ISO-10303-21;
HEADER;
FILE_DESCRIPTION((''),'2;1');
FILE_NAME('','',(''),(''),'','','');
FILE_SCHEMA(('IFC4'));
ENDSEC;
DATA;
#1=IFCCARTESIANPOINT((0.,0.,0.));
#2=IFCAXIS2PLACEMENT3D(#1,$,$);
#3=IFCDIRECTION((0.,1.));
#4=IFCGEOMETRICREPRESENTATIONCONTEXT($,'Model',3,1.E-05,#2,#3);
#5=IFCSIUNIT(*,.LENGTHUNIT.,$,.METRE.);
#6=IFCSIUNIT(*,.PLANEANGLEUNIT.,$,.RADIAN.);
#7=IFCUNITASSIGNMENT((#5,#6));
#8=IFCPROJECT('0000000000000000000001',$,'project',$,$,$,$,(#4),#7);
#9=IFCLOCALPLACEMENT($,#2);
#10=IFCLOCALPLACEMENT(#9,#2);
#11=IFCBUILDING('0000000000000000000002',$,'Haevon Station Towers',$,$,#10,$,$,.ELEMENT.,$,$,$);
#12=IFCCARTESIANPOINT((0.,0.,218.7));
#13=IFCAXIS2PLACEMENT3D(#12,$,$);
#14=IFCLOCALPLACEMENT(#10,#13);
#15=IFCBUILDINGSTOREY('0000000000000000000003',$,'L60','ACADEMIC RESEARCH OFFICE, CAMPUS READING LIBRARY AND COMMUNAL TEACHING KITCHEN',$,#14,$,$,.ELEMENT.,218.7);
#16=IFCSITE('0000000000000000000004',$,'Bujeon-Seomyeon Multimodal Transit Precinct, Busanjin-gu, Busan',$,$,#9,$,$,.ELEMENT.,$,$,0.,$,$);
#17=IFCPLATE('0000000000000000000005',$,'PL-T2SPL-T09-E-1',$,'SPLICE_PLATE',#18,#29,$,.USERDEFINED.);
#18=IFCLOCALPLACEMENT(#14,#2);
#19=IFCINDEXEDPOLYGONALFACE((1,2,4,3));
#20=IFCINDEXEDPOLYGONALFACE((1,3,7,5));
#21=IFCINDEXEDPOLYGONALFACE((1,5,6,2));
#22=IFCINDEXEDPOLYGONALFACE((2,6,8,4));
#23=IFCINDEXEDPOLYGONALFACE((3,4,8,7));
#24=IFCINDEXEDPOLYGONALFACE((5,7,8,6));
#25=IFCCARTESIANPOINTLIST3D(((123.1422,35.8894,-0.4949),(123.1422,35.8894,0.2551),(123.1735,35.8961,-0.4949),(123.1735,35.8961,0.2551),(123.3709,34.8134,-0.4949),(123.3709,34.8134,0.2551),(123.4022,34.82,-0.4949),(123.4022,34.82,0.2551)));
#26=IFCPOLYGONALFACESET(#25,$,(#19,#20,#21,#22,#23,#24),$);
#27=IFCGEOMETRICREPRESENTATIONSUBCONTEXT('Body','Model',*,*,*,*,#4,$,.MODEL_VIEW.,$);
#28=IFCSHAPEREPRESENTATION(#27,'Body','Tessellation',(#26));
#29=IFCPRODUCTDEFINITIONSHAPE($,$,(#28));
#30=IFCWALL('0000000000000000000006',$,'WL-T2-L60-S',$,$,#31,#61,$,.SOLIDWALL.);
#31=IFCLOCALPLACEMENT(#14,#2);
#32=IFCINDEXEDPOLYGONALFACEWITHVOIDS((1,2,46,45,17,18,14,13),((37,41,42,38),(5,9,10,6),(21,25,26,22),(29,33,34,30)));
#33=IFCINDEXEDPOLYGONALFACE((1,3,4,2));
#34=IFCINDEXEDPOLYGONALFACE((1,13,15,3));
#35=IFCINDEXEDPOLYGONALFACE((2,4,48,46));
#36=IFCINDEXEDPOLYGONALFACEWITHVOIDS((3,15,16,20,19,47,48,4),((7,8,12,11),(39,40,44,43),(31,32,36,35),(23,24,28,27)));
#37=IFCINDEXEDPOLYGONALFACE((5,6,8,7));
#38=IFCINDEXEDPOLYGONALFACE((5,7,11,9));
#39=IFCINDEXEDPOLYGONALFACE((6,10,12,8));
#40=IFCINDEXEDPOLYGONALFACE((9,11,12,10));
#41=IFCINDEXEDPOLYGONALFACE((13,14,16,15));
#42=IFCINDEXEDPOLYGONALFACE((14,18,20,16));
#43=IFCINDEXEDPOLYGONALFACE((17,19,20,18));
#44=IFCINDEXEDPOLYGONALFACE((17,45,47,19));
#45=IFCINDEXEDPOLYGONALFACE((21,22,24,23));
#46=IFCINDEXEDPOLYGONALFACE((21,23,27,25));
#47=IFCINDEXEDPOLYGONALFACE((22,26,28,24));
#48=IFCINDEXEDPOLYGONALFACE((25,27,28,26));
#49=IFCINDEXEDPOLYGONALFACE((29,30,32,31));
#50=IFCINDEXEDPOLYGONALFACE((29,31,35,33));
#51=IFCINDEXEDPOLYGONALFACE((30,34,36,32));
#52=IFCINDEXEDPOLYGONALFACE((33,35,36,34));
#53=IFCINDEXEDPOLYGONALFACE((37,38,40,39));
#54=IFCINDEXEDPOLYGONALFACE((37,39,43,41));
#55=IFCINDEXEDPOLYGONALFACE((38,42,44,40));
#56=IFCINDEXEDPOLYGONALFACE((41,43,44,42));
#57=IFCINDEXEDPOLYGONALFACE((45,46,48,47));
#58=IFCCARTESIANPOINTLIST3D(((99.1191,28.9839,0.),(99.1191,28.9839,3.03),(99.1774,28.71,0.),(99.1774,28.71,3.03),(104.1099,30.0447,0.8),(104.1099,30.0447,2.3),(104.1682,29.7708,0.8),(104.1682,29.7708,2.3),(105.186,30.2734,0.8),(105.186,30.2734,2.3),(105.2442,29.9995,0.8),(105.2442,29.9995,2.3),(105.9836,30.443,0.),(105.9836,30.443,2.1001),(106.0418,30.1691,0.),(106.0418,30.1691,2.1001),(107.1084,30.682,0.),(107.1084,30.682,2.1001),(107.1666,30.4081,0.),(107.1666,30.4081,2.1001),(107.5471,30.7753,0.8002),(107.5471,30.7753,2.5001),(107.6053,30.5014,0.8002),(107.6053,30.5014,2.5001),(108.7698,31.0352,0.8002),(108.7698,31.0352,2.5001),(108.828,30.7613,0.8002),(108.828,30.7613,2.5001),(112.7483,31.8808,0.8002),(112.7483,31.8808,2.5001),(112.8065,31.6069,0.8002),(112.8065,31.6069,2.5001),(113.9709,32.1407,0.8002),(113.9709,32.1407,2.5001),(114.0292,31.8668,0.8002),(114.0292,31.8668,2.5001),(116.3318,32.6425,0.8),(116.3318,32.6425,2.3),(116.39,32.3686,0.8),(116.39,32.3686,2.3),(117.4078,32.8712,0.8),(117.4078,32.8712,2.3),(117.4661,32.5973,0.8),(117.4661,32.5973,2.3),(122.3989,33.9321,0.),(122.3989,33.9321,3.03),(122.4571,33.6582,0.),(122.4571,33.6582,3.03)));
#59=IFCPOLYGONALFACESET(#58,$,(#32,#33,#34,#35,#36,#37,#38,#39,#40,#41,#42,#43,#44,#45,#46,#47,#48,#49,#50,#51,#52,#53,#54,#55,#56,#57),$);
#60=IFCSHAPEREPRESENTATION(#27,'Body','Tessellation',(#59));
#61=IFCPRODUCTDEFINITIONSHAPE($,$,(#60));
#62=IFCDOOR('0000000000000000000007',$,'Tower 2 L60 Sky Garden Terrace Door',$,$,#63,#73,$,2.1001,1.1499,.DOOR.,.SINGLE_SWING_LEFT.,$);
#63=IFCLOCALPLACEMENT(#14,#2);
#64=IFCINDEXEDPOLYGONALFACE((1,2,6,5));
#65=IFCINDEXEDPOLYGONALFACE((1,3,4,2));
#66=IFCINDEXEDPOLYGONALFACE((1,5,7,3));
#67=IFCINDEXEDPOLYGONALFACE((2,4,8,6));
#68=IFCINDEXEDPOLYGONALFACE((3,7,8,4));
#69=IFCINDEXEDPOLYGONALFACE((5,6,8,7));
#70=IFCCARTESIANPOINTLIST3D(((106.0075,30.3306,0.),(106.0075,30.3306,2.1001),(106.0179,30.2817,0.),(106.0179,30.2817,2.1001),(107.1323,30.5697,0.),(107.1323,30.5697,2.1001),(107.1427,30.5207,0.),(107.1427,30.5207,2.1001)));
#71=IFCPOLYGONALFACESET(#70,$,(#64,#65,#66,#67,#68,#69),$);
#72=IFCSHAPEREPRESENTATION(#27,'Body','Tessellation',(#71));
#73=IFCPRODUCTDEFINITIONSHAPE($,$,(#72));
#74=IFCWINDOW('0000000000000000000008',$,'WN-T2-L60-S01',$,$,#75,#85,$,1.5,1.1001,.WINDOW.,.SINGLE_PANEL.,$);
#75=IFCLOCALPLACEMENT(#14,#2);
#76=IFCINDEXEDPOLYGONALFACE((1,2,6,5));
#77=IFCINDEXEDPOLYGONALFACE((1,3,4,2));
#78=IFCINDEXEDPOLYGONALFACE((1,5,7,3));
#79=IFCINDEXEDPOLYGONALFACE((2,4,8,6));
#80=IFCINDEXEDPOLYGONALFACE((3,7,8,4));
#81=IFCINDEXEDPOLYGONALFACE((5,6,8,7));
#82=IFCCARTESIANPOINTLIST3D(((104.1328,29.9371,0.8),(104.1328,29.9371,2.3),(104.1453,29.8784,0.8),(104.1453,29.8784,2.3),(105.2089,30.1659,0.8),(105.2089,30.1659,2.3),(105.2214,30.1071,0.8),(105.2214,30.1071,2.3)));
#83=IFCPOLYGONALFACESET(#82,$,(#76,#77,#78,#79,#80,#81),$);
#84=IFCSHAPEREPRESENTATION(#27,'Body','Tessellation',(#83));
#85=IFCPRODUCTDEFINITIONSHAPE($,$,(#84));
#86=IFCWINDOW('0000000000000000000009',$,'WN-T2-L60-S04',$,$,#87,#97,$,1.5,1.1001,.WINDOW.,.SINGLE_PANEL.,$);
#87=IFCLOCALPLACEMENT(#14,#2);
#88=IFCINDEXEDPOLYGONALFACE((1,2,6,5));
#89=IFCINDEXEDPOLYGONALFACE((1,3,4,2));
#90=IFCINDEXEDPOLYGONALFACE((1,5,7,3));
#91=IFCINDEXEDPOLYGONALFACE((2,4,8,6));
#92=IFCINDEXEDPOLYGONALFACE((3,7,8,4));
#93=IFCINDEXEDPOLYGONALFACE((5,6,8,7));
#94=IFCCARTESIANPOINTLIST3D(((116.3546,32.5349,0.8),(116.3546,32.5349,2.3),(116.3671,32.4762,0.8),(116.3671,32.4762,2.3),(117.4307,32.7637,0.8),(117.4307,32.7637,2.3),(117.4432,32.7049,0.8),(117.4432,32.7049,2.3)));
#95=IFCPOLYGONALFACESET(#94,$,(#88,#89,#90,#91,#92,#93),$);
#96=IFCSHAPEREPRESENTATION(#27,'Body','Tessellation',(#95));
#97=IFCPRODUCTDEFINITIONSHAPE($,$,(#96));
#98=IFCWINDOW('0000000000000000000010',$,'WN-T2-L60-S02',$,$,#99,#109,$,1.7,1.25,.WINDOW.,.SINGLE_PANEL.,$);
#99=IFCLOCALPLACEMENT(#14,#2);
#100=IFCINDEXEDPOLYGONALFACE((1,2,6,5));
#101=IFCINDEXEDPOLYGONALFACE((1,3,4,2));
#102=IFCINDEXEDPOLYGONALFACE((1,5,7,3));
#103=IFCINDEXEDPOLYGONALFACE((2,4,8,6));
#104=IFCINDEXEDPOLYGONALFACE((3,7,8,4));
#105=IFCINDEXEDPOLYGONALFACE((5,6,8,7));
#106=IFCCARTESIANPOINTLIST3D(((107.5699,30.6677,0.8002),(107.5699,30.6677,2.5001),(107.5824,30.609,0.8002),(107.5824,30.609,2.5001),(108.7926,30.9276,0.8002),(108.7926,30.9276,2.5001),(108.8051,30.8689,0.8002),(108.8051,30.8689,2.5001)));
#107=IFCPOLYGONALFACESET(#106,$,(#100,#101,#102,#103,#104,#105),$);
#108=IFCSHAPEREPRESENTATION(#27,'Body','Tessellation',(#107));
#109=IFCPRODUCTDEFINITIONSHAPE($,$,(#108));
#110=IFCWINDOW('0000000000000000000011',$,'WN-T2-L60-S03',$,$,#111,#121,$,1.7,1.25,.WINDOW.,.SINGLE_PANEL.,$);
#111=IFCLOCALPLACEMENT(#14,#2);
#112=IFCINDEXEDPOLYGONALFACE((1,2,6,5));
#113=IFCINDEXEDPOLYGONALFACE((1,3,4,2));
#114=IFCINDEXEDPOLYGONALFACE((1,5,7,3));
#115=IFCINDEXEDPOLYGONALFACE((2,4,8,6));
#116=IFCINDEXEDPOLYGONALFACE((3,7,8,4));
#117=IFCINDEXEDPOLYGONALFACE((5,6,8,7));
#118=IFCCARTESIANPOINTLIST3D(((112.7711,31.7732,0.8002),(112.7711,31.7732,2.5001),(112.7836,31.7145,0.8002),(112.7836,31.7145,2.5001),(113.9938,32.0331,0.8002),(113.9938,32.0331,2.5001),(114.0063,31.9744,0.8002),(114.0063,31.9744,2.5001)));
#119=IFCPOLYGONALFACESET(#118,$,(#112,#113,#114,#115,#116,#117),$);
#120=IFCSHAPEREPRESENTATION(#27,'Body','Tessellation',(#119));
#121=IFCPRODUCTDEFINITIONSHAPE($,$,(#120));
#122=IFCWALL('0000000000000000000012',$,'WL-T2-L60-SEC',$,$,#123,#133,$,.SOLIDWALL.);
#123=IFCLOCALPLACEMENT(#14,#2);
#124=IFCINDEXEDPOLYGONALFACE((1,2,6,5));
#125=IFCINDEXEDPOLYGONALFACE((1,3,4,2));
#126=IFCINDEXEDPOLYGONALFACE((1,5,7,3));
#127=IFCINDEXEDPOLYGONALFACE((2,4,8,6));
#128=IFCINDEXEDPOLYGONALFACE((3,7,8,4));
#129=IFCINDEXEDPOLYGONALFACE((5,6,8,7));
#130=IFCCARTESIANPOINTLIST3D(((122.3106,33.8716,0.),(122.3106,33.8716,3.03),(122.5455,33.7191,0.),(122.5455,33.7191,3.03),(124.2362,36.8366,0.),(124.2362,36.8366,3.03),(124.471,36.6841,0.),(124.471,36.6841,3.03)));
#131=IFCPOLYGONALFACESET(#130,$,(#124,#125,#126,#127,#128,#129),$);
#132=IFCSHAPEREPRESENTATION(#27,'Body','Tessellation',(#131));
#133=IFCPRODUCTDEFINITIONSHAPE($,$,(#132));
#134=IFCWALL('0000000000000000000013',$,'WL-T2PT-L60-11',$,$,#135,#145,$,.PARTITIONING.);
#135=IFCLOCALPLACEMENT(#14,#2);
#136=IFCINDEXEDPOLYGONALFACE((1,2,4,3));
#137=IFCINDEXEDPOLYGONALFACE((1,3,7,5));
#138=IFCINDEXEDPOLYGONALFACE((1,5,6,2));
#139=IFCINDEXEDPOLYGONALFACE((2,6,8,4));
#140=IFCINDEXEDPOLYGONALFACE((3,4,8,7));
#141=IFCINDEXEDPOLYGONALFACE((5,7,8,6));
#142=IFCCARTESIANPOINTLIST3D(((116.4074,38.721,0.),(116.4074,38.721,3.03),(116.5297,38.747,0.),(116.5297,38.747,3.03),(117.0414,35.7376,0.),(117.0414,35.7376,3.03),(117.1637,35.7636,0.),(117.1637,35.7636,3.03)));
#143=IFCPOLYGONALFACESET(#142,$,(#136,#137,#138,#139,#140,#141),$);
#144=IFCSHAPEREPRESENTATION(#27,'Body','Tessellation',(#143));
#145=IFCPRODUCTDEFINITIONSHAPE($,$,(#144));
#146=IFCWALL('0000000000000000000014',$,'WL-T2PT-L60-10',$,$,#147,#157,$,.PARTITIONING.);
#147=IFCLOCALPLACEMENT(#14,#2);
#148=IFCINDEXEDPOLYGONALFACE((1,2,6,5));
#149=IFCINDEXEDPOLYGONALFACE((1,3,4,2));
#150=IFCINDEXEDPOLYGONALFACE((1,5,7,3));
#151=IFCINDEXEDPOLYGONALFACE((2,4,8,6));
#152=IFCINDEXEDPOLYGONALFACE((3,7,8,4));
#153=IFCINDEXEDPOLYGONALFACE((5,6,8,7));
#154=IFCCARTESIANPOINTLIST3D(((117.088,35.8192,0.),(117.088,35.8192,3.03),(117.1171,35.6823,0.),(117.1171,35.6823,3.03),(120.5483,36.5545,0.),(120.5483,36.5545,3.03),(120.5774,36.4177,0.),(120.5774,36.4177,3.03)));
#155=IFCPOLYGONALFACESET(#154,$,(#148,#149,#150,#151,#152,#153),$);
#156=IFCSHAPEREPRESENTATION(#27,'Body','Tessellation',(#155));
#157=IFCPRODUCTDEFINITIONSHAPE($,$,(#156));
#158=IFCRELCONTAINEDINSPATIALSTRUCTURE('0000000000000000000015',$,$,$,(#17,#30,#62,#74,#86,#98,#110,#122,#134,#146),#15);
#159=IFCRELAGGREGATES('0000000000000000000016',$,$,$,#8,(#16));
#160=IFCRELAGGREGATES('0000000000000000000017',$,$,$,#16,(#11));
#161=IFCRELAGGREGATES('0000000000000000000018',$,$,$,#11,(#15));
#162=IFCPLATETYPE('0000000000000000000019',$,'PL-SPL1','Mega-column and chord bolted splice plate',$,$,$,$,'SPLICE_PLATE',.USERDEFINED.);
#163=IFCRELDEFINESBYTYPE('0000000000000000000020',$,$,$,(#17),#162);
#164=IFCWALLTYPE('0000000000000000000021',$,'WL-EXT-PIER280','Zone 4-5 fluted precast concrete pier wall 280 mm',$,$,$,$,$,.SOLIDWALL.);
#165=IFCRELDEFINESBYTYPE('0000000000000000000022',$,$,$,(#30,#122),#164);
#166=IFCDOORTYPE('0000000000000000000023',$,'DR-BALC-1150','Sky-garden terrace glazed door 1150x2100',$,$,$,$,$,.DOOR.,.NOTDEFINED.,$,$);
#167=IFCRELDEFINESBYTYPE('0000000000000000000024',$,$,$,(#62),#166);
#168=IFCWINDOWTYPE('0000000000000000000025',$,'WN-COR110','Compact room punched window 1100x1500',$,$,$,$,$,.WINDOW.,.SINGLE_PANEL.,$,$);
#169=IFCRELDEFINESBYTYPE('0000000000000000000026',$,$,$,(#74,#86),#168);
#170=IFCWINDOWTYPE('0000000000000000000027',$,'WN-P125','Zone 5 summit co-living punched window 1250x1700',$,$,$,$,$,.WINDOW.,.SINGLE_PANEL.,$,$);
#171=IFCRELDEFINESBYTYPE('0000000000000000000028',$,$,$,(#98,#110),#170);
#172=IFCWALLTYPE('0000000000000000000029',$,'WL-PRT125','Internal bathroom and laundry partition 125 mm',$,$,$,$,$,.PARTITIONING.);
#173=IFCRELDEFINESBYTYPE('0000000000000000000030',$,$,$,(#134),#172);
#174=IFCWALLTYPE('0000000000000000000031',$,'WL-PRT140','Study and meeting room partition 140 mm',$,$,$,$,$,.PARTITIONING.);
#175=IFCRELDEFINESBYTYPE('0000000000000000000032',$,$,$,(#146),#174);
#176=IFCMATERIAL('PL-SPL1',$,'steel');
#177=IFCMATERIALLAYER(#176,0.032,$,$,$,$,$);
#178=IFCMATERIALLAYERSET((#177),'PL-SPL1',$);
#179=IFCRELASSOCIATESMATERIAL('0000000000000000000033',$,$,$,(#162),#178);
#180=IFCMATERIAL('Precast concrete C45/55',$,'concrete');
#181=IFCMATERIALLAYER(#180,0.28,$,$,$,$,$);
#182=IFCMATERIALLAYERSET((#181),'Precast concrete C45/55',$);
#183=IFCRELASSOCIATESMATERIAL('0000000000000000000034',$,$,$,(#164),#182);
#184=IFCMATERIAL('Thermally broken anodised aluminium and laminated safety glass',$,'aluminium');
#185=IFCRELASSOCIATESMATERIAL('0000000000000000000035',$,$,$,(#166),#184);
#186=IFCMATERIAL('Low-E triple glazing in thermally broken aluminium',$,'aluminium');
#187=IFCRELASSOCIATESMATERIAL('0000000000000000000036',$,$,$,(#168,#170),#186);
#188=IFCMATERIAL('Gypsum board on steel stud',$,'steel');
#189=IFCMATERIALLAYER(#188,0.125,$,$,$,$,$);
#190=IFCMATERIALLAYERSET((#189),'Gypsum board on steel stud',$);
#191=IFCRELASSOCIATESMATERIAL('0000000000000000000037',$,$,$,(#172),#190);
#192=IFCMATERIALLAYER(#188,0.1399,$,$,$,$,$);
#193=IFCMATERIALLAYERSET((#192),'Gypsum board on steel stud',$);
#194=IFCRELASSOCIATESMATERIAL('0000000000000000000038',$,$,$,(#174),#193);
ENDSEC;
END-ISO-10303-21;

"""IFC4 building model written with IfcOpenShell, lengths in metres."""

from ifc_helpers import new_model, si_unit, direction, frame, frame_2d, origin, origin_2d, place, context, subcontext, project, spatial, rectangle, extrude, material, layer, layer_set, type_object, element, fill, save


model = new_model("IFC4")

# Units and contexts
model_context = context("Model", 3, precision=1e-05, world=origin(), true_north=direction((0.0, 1.0)))
body_context = subcontext(model_context, "Body", "Model", "MODEL_VIEW")
ifc_project = project(units=[si_unit("LENGTHUNIT", "METRE"), si_unit("PLANEANGLEUNIT", "RADIAN")], contexts=[model_context])

# Site, building, storey
site_placement = place(None, origin())
site = spatial("IfcSite", under=ifc_project, at=site_placement, Name="Bujeon-Seomyeon Multimodal Transit Precinct, Busanjin-gu, Busan", CompositionType="ELEMENT", RefElevation=0.0)
building_placement = place(site_placement, origin())
building = spatial("IfcBuilding", under=site, at=building_placement, Name="Haevon Station Towers", CompositionType="ELEMENT")
storey_placement = place(building_placement, frame((0.0, 0.0, 218.7)))
storey = spatial("IfcBuildingStorey", under=building, at=storey_placement, Name="L60", Description="ACADEMIC RESEARCH OFFICE, CAMPUS READING LIBRARY AND COMMUNAL TEACHING KITCHEN", CompositionType="ELEMENT", Elevation=218.7)

# Plate
ifc_material_1 = material(Name="PL-SPL1", Category="steel")
ifc_layer_1 = layer(ifc_material_1, 0.032)
ifc_layer_set_1 = layer_set([ifc_layer_1], Name="PL-SPL1")
plate_type = type_object("IfcPlateType", Name="PL-SPL1", Description="Mega-column and chord bolted splice plate", ElementType="SPLICE_PLATE", PredefinedType="USERDEFINED", material=ifc_layer_set_1)
for number, where, z_axis, x_axis, name in (
    (1, (123.2722, 35.3547, -0.4949), (0.0, 0.0, 1.0), (-0.207912, 0.978148, 0.0), "PL-T2SPL-T09-E-1"),
):
    element("IfcPlate", number, at=place(storey_placement, frame(where, z_axis=z_axis, x_axis=x_axis)), inside=storey, type_object=plate_type, Name=name, ObjectType="SPLICE_PLATE", PredefinedType="USERDEFINED", context=body_context, shape_type="SweptSolid", body=[
        extrude(rectangle(XDim=1.1001, YDim=0.032, at=origin_2d()), origin(), (0.0, 0.0, 1.0), 0.75),
    ])

# Wall, openings, door, windows
ifc_material_2 = material(Name="Precast concrete C45/55", Category="concrete")
ifc_layer_2 = layer(ifc_material_2, 0.28)
ifc_layer_set_2 = layer_set([ifc_layer_2], Name="Precast concrete C45/55")
wall_type_1 = type_object("IfcWallType", Name="WL-EXT-PIER280", Description="Zone 4-5 fluted precast concrete pier wall 280 mm", PredefinedType="SOLIDWALL", material=ifc_layer_set_2)
wall_1_placement = place(storey_placement, frame((122.428, 33.7952, 0.0), z_axis=(0.0, 0.0, 1.0), x_axis=(-0.978148, -0.207911, 0.0)))
wall_1 = element("IfcWall", 2, at=wall_1_placement, inside=storey, type_object=wall_type_1, Name="WL-T2-L60-S", PredefinedType="SOLIDWALL", context=body_context, shape_type="SweptSolid", body=[
    extrude(rectangle(XDim=23.7998, YDim=0.28, at=frame_2d((11.8999, 0.0))), origin(), (0.0, 0.0, 1.0), 3.03),
])
opening_1_placement = place(wall_1_placement, frame((15.6321, 0.0, 0.0)))
opening_1 = element("IfcOpeningElement", 3, at=opening_1_placement, cuts=wall_1, PredefinedType="OPENING", context=body_context, shape_type="SweptSolid", body=[
    extrude(rectangle(XDim=1.1499, YDim=2.1001, at=frame_2d((0.575, 1.05))), frame((0.0, 0.1499, 0.0), z_axis=(0.0, -1.0, 0.0), x_axis=(1.0, 0.0, 0.0)), (0.0, 0.0, 1.0), 0.3),
])
opening_2_placement = place(wall_1_placement, frame((17.5974, 0.0, 0.8)))
opening_2 = element("IfcOpeningElement", 4, at=opening_2_placement, cuts=wall_1, PredefinedType="OPENING", context=body_context, shape_type="SweptSolid", body=[
    extrude(rectangle(XDim=1.1001, YDim=1.5, at=frame_2d((0.55, 0.75))), frame((0.0, 0.1499, 0.0), z_axis=(0.0, -1.0, 0.0), x_axis=(1.0, 0.0, 0.0)), (0.0, 0.0, 1.0), 0.3),
])
opening_3_placement = place(wall_1_placement, frame((13.9336, 0.0, 0.8)))
opening_3 = element("IfcOpeningElement", 5, at=opening_3_placement, cuts=wall_1, PredefinedType="OPENING", context=body_context, shape_type="SweptSolid", body=[
    extrude(rectangle(XDim=1.25, YDim=1.7, at=frame_2d((0.625, 0.8501))), frame((0.0, 0.1499, 0.0), z_axis=(0.0, -1.0, 0.0), x_axis=(1.0, 0.0, 0.0)), (0.0, 0.0, 1.0), 0.3),
])
opening_4_placement = place(wall_1_placement, frame((8.6162, 0.0, 0.8)))
opening_4 = element("IfcOpeningElement", 6, at=opening_4_placement, cuts=wall_1, PredefinedType="OPENING", context=body_context, shape_type="SweptSolid", body=[
    extrude(rectangle(XDim=1.25, YDim=1.7, at=frame_2d((0.625, 0.8501))), frame((0.0, 0.1499, 0.0), z_axis=(0.0, -1.0, 0.0), x_axis=(1.0, 0.0, 0.0)), (0.0, 0.0, 1.0), 0.3),
])
opening_5_placement = place(wall_1_placement, frame((5.1025, 0.0, 0.8)))
opening_5 = element("IfcOpeningElement", 7, at=opening_5_placement, cuts=wall_1, PredefinedType="OPENING", context=body_context, shape_type="SweptSolid", body=[
    extrude(rectangle(XDim=1.1001, YDim=1.5, at=frame_2d((0.55, 0.75))), frame((0.0, 0.1499, 0.0), z_axis=(0.0, -1.0, 0.0), x_axis=(1.0, 0.0, 0.0)), (0.0, 0.0, 1.0), 0.3),
])
ifc_material_3 = material(Name="Thermally broken anodised aluminium and laminated safety glass", Category="aluminium")
door_type_1 = type_object("IfcDoorType", Name="DR-BALC-1150", Description="Sky-garden terrace glazed door 1150x2100", OperationType="NOTDEFINED", PredefinedType="DOOR", material=ifc_material_3)
door_1_placement = place(opening_1_placement, origin())
door_1 = element("IfcDoor", 8, at=door_1_placement, inside=storey, type_object=door_type_1, Name="Tower 2 L60 Sky Garden Terrace Door", OperationType="SINGLE_SWING_LEFT", OverallHeight=2.1001, OverallWidth=1.1499, PredefinedType="DOOR", context=body_context, shape_type="SweptSolid", body=[
    extrude(rectangle(XDim=1.1499, YDim=2.1001, at=frame_2d((0.575, 1.05))), frame((0.0, 0.0249, 0.0), z_axis=(0.0, -1.0, 0.0), x_axis=(1.0, 0.0, 0.0)), (0.0, 0.0, 1.0), 0.05),
])
fill(opening_1, door_1)
ifc_material_4 = material(Name="Low-E triple glazing in thermally broken aluminium", Category="aluminium")
window_type_1 = type_object("IfcWindowType", Name="WN-COR110", Description="Compact room punched window 1100x1500", PartitioningType="SINGLE_PANEL", PredefinedType="WINDOW", material=ifc_material_4)
window_1_placement = place(opening_2_placement, origin())
window_1 = element("IfcWindow", 9, at=window_1_placement, inside=storey, type_object=window_type_1, Name="WN-T2-L60-S01", OverallHeight=1.5, OverallWidth=1.1001, PartitioningType="SINGLE_PANEL", PredefinedType="WINDOW", context=body_context, shape_type="SweptSolid", body=[
    extrude(rectangle(XDim=1.1001, YDim=1.5, at=frame_2d((0.55, 0.75))), frame((0.0, 0.03, 0.0), z_axis=(0.0, -1.0, 0.0), x_axis=(1.0, 0.0, 0.0)), (0.0, 0.0, 1.0), 0.0601),
])
fill(opening_2, window_1)
window_2_placement = place(opening_5_placement, origin())
window_2 = element("IfcWindow", 10, at=window_2_placement, inside=storey, type_object=window_type_1, Name="WN-T2-L60-S04", OverallHeight=1.5, OverallWidth=1.1001, PartitioningType="SINGLE_PANEL", PredefinedType="WINDOW", context=body_context, shape_type="SweptSolid", body=[
    extrude(rectangle(XDim=1.1001, YDim=1.5, at=frame_2d((0.55, 0.75))), frame((0.0, 0.03, 0.0), z_axis=(0.0, -1.0, 0.0), x_axis=(1.0, 0.0, 0.0)), (0.0, 0.0, 1.0), 0.0601),
])
fill(opening_5, window_2)
window_type_2 = type_object("IfcWindowType", Name="WN-P125", Description="Zone 5 summit co-living punched window 1250x1700", PartitioningType="SINGLE_PANEL", PredefinedType="WINDOW", material=ifc_material_4)
window_3_placement = place(opening_3_placement, origin())
window_3 = element("IfcWindow", 11, at=window_3_placement, inside=storey, type_object=window_type_2, Name="WN-T2-L60-S02", OverallHeight=1.7, OverallWidth=1.25, PartitioningType="SINGLE_PANEL", PredefinedType="WINDOW", context=body_context, shape_type="SweptSolid", body=[
    extrude(rectangle(XDim=1.25, YDim=1.7, at=frame_2d((0.625, 0.8501))), frame((0.0, 0.03, 0.0), z_axis=(0.0, -1.0, 0.0), x_axis=(1.0, 0.0, 0.0)), (0.0, 0.0, 1.0), 0.0601),
])
fill(opening_3, window_3)
window_4_placement = place(opening_4_placement, origin())
window_4 = element("IfcWindow", 12, at=window_4_placement, inside=storey, type_object=window_type_2, Name="WN-T2-L60-S03", OverallHeight=1.7, OverallWidth=1.25, PartitioningType="SINGLE_PANEL", PredefinedType="WINDOW", context=body_context, shape_type="SweptSolid", body=[
    extrude(rectangle(XDim=1.25, YDim=1.7, at=frame_2d((0.625, 0.8501))), frame((0.0, 0.03, 0.0), z_axis=(0.0, -1.0, 0.0), x_axis=(1.0, 0.0, 0.0)), (0.0, 0.0, 1.0), 0.0601),
])
fill(opening_4, window_4)

# Walls
wall_2_placement = place(storey_placement, frame((124.3535, 36.7603, 0.0), z_axis=(0.0, 0.0, 1.0), x_axis=(-0.544636, -0.838672, 0.0)))
element("IfcWall", 13, at=wall_2_placement, inside=storey, type_object=wall_type_1, Name="WL-T2-L60-SEC", PredefinedType="SOLIDWALL", context=body_context, shape_type="SweptSolid", body=[
    extrude(rectangle(XDim=3.5354, YDim=0.28, at=frame_2d((1.7676, 0.0))), origin(), (0.0, 0.0, 1.0), 3.03),
])
ifc_material_5 = material(Name="Gypsum board on steel stud", Category="steel")
ifc_layer_3 = layer(ifc_material_5, 0.125)
ifc_layer_set_3 = layer_set([ifc_layer_3], Name="Gypsum board on steel stud")
wall_type_2 = type_object("IfcWallType", Name="WL-PRT125", Description="Internal bathroom and laundry partition 125 mm", PredefinedType="PARTITIONING", material=ifc_layer_set_3)
wall_3_placement = place(storey_placement, frame((117.1025, 35.7507, 0.0), z_axis=(0.0, 0.0, 1.0), x_axis=(-0.207878, 0.978155, 0.0)))
element("IfcWall", 14, at=wall_3_placement, inside=storey, type_object=wall_type_2, Name="WL-T2PT-L60-11", PredefinedType="PARTITIONING", context=body_context, shape_type="SweptSolid", body=[
    extrude(rectangle(XDim=3.05, YDim=0.125, at=frame_2d((1.5249, 0.0))), origin(), (0.0, 0.0, 1.0), 3.03),
])
ifc_layer_4 = layer(ifc_material_5, 0.1399)
ifc_layer_set_4 = layer_set([ifc_layer_4], Name="Gypsum board on steel stud")
wall_type_3 = type_object("IfcWallType", Name="WL-PRT140", Description="Study and meeting room partition 140 mm", PredefinedType="PARTITIONING", material=ifc_layer_set_4)
wall_4_placement = place(storey_placement, frame((117.1025, 35.7507, 0.0), z_axis=(0.0, 0.0, 1.0), x_axis=(0.978156, 0.207874, 0.0)))
element("IfcWall", 15, at=wall_4_placement, inside=storey, type_object=wall_type_3, Name="WL-T2PT-L60-10", PredefinedType="PARTITIONING", context=body_context, shape_type="SweptSolid", body=[
    extrude(rectangle(XDim=3.5376, YDim=0.1399, at=frame_2d((1.7688, 0.0))), origin(), (0.0, 0.0, 1.0), 3.03),
])

save(model, "model.ifc")
